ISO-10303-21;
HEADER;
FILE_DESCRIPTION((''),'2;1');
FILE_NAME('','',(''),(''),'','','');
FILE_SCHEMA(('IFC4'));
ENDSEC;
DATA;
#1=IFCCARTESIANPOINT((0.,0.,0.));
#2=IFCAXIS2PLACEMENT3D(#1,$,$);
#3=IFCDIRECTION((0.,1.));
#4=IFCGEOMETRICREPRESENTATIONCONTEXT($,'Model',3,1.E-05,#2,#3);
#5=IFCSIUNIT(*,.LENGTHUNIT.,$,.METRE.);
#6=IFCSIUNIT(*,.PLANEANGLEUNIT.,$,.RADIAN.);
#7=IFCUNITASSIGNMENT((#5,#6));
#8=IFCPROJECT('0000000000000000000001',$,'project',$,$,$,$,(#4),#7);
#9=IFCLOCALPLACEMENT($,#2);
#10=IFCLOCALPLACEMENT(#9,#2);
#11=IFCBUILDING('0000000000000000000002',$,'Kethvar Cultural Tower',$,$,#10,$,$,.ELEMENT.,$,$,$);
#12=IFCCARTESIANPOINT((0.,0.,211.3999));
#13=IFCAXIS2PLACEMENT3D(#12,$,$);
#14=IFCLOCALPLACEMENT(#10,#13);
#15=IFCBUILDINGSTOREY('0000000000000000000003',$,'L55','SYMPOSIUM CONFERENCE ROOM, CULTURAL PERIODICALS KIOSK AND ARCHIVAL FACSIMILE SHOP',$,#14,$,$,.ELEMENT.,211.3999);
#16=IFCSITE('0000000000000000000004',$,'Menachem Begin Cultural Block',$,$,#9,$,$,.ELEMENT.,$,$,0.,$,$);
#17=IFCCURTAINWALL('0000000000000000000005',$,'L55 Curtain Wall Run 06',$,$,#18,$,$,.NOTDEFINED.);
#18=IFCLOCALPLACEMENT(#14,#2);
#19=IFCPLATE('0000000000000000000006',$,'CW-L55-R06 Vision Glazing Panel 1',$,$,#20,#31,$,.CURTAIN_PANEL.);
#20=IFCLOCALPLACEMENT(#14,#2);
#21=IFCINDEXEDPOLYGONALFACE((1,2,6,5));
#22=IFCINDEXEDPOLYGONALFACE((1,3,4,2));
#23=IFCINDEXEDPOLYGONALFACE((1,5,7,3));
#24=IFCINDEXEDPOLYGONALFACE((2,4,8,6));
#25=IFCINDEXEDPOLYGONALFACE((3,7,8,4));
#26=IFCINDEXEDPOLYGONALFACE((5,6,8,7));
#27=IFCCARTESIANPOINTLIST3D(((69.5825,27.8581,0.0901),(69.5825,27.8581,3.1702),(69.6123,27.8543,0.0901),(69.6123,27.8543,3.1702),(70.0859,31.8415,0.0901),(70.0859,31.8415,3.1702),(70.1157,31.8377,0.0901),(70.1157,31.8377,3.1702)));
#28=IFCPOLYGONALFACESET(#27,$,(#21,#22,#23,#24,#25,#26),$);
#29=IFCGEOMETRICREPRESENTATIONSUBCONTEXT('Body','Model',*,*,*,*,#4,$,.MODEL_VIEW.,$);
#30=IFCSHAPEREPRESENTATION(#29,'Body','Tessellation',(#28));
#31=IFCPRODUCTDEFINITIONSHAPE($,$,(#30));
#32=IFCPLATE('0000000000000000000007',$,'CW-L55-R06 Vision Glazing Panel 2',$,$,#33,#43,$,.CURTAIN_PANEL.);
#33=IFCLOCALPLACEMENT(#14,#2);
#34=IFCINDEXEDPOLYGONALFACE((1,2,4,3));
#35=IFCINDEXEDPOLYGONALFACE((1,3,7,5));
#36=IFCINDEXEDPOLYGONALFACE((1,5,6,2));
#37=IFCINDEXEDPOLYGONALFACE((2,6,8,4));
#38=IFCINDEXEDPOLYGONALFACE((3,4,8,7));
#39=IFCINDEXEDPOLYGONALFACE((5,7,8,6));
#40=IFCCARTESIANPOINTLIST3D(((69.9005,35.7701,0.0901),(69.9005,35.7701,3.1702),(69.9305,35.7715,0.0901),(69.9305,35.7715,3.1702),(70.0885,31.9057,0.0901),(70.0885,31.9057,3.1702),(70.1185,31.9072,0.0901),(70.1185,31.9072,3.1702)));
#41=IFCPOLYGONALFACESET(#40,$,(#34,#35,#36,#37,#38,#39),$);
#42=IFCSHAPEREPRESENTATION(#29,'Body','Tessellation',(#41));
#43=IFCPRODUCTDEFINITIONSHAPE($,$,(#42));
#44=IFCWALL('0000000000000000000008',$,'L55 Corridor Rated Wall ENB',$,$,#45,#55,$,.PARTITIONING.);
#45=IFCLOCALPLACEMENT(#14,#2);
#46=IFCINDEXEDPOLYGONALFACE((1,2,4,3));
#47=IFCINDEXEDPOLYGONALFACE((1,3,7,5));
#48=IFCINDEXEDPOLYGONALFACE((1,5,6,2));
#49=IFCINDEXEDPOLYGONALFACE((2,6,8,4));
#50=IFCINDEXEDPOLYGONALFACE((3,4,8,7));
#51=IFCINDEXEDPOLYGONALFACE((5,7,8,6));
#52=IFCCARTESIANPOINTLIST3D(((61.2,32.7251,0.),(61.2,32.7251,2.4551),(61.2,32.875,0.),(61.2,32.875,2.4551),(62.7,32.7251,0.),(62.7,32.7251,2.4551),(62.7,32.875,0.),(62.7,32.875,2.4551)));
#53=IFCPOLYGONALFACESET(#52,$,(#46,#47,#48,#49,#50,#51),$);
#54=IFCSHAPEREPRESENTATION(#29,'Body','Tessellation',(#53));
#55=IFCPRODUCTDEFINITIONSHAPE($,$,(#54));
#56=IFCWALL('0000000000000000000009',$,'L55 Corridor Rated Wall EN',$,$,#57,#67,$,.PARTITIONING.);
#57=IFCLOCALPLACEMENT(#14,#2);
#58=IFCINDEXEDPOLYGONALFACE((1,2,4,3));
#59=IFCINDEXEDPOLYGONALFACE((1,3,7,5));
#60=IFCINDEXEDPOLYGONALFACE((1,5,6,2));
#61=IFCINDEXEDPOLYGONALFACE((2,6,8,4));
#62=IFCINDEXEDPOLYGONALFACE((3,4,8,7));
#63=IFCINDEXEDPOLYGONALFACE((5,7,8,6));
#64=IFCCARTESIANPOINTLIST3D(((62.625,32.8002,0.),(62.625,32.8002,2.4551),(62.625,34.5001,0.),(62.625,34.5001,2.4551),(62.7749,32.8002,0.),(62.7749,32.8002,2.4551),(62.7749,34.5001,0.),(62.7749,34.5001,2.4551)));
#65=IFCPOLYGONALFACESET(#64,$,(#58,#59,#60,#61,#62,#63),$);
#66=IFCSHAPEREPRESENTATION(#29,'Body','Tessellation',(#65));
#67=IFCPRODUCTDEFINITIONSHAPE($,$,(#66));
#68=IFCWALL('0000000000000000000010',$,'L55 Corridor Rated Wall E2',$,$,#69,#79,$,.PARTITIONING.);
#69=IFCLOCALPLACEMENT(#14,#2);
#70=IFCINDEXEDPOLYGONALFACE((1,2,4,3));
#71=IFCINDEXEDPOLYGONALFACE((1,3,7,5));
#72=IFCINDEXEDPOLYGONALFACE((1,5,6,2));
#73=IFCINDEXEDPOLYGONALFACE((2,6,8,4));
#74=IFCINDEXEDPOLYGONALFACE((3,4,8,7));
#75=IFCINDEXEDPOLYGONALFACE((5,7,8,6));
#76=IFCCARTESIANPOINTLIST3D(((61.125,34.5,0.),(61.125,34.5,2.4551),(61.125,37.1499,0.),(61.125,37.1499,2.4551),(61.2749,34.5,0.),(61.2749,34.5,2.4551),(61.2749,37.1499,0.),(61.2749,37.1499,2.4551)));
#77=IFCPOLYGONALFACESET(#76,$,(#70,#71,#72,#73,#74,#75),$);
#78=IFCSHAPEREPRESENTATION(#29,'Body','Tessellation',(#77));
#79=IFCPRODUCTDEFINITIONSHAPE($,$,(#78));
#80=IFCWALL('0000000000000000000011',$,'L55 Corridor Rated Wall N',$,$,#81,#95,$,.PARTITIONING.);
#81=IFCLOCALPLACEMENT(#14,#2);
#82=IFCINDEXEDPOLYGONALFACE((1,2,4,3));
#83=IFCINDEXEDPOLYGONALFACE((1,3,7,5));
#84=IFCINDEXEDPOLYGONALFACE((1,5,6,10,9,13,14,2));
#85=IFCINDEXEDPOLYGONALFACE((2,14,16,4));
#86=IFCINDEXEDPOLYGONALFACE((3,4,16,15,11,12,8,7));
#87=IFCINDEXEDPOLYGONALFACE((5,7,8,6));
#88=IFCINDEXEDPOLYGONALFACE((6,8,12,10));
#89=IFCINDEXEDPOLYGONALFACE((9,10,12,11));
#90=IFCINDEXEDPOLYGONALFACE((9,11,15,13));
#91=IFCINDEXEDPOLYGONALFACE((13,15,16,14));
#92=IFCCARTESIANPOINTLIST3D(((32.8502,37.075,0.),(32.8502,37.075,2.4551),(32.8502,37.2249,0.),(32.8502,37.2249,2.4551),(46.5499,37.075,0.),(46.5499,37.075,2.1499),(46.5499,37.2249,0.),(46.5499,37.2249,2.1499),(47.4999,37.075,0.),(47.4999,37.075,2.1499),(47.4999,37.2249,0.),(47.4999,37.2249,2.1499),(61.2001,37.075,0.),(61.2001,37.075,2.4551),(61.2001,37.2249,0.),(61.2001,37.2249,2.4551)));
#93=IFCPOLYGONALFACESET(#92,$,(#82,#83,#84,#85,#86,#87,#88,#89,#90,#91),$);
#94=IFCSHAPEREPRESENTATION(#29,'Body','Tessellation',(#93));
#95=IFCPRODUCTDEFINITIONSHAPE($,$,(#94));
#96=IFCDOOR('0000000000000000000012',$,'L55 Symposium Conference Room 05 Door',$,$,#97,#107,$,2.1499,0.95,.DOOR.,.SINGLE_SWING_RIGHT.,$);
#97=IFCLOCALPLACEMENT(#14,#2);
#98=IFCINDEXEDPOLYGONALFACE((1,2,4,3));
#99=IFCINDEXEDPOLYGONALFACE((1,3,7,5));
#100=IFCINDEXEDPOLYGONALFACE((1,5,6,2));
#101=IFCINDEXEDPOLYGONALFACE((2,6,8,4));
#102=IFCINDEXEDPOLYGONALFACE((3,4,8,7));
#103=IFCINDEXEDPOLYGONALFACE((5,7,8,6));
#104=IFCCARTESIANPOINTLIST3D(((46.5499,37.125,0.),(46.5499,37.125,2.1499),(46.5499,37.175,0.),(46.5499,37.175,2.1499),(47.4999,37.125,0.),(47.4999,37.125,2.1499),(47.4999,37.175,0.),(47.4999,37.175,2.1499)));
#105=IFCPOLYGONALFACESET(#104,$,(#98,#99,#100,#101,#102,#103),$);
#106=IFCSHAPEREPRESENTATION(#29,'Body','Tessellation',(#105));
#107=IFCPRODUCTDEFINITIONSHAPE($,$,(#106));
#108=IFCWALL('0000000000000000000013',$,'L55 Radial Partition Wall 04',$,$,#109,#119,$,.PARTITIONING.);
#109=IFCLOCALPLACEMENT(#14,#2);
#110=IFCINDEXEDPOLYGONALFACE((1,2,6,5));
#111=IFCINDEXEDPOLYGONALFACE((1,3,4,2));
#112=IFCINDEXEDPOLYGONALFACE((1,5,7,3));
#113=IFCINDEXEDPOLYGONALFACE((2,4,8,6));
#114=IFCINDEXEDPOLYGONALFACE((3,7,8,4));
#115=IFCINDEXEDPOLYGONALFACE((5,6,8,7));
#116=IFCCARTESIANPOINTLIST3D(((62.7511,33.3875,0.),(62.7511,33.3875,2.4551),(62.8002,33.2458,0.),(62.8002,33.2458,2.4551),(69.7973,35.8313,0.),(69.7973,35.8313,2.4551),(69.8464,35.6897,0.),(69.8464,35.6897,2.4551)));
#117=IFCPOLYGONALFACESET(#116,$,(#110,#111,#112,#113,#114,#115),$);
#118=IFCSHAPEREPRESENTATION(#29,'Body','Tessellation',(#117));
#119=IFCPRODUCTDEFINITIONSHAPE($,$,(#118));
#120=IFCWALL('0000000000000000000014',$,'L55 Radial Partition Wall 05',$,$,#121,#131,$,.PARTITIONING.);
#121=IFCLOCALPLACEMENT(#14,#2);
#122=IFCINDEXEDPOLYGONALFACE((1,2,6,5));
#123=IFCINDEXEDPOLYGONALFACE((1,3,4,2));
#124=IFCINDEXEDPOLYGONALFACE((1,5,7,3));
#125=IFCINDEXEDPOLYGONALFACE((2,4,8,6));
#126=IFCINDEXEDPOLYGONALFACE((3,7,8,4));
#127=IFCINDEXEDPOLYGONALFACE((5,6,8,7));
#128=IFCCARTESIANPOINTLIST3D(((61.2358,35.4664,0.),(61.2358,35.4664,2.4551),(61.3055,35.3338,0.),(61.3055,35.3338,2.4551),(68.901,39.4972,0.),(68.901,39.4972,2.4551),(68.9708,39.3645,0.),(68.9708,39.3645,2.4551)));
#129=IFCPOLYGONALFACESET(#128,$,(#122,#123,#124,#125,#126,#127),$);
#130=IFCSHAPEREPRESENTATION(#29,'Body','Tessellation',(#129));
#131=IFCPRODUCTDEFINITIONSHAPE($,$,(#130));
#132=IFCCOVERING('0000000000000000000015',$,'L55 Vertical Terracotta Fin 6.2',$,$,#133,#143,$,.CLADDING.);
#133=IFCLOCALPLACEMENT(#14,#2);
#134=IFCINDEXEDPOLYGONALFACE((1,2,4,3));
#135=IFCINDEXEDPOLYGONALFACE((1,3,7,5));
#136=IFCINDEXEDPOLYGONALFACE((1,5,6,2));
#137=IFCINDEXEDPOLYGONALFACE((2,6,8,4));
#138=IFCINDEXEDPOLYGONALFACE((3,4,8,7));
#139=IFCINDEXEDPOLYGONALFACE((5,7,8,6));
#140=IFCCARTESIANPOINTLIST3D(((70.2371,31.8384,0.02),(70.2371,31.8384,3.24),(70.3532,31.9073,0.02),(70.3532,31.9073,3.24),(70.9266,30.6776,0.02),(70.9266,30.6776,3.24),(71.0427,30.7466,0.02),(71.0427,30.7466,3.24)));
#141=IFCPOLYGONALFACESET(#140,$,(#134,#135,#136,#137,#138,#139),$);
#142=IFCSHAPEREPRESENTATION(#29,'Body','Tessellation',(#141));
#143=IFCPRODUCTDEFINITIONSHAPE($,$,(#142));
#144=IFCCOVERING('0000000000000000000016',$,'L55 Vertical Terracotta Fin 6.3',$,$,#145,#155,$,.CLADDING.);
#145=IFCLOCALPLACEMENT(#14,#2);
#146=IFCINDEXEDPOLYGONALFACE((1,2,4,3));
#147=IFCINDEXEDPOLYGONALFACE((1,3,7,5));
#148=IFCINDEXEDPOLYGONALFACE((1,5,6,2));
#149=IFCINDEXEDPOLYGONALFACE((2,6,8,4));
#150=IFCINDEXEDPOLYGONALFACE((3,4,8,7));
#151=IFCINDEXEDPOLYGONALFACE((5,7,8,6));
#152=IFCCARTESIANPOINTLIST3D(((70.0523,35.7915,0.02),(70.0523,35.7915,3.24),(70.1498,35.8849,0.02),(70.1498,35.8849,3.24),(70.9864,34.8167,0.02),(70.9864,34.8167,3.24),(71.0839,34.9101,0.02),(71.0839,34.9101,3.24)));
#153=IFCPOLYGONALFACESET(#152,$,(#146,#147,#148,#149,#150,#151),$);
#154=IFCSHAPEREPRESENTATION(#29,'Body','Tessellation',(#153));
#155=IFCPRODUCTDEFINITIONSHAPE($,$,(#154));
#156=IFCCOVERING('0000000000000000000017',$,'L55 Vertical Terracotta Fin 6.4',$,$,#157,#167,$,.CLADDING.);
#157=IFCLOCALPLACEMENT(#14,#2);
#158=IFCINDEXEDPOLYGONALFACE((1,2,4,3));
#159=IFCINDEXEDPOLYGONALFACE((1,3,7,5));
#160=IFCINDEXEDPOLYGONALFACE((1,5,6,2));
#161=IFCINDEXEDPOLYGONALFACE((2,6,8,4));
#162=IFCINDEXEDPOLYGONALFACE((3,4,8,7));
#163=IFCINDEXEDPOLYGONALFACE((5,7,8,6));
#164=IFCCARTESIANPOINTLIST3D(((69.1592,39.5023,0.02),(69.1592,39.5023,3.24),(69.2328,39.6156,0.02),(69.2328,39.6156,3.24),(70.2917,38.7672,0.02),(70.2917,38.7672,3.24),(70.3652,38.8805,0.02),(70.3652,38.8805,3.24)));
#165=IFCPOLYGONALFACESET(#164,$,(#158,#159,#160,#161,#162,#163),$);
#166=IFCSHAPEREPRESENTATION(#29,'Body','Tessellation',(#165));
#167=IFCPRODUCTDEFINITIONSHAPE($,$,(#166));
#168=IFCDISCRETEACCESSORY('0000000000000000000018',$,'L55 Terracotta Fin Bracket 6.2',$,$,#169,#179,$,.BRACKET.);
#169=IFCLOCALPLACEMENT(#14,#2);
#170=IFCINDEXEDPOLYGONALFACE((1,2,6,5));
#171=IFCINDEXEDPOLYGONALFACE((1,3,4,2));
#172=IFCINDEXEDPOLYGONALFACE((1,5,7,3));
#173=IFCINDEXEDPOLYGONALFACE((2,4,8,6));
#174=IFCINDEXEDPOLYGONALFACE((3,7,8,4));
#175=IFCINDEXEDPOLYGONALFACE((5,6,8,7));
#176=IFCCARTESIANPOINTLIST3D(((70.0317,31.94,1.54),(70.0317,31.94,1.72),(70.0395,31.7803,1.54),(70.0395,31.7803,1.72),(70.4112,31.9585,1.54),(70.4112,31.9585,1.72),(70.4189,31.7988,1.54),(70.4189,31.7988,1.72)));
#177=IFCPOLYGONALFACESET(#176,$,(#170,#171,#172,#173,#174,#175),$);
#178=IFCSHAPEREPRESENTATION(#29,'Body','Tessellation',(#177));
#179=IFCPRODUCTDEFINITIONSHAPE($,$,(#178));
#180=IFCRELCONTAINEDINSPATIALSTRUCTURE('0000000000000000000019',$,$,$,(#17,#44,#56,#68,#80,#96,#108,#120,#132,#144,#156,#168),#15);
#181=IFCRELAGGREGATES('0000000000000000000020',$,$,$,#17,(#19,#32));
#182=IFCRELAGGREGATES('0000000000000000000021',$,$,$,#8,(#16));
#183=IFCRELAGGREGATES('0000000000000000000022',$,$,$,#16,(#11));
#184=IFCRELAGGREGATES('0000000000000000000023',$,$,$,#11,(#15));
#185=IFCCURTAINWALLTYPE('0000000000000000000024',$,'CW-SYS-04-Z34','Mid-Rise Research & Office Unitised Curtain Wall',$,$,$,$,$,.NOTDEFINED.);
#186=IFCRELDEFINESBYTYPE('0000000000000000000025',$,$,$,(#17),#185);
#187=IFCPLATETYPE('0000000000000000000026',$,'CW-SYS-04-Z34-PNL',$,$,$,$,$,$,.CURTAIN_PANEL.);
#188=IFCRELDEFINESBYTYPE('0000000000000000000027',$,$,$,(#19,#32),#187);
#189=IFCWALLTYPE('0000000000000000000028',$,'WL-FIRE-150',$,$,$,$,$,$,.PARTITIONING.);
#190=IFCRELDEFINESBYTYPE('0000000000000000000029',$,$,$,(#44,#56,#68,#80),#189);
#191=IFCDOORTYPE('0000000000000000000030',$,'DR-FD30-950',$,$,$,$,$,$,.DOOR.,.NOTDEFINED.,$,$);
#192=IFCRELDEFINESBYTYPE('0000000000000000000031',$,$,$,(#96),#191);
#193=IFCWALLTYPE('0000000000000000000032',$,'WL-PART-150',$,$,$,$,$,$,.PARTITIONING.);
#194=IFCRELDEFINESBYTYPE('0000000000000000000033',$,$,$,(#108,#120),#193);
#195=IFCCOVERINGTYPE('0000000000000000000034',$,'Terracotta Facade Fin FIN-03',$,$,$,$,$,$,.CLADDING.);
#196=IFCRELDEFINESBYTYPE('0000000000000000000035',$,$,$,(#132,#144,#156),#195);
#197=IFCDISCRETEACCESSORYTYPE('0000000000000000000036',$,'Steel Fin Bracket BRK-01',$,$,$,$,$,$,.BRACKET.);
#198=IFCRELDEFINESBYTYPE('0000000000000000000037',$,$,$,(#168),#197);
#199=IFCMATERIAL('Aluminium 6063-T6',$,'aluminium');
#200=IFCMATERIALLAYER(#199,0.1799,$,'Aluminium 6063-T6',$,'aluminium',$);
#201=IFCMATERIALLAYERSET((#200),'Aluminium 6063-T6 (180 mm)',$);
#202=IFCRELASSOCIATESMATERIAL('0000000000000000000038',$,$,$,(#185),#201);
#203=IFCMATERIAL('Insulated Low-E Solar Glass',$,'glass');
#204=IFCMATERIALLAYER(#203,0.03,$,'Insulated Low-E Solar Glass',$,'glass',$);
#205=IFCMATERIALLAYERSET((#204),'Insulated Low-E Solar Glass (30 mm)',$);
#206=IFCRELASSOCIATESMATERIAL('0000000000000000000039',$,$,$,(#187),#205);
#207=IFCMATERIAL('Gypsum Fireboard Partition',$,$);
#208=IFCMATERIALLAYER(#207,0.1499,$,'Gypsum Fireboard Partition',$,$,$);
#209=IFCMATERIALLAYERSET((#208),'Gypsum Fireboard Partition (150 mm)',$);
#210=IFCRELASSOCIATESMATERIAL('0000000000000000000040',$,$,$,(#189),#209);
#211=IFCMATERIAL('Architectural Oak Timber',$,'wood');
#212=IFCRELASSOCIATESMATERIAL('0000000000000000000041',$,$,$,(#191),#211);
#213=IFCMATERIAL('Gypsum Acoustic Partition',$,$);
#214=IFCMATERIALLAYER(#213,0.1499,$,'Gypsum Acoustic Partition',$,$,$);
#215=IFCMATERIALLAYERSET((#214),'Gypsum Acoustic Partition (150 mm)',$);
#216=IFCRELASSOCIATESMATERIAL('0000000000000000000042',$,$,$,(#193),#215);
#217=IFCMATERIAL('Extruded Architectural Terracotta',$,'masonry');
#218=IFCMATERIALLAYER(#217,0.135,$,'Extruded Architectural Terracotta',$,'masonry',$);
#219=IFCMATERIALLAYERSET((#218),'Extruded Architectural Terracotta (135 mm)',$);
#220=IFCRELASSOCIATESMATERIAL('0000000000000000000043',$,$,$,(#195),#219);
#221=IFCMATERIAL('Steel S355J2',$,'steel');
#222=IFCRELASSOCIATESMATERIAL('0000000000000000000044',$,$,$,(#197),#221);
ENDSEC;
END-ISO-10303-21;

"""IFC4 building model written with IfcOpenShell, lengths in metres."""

from ifc_helpers import new_model, si_unit, direction, frame, frame_2d, origin, origin_2d, place, context, subcontext, project, spatial, rectangle, extrude, source, transform, mapped, material, layer, layer_set, type_object, element, fill, aggregate, save


model = new_model("IFC4")

# Units and contexts
model_context = context("Model", 3, precision=1e-05, world=origin(), true_north=direction((0.0, 1.0)))
body_context = subcontext(model_context, "Body", "Model", "MODEL_VIEW")
ifc_project = project(units=[si_unit("LENGTHUNIT", "METRE"), si_unit("PLANEANGLEUNIT", "RADIAN")], contexts=[model_context])

# Site, building, storey
site_placement = place(None, origin())
site = spatial("IfcSite", under=ifc_project, at=site_placement, Name="Menachem Begin Cultural Block", CompositionType="ELEMENT", RefElevation=0.0)
building_placement = place(site_placement, origin())
building = spatial("IfcBuilding", under=site, at=building_placement, Name="Kethvar Cultural Tower", CompositionType="ELEMENT")
storey_placement = place(building_placement, frame((0.0, 0.0, 211.3999)))
storey = spatial("IfcBuildingStorey", under=building, at=storey_placement, Name="L55", Description="SYMPOSIUM CONFERENCE ROOM, CULTURAL PERIODICALS KIOSK AND ARCHIVAL FACSIMILE SHOP", CompositionType="ELEMENT", Elevation=211.3999)

# Shared definitions
ifc_material_1 = material(Name="Steel S355J2", Category="steel")

# Curtain wall, plates
ifc_material_2 = material(Name="Aluminium 6063-T6", Category="aluminium")
ifc_layer_1 = layer(ifc_material_2, 0.1799, Name="Aluminium 6063-T6", Category="aluminium")
ifc_layer_set_1 = layer_set([ifc_layer_1], Name="Aluminium 6063-T6 (180 mm)")
curtain_wall_type = type_object("IfcCurtainWallType", Name="CW-SYS-04-Z34", Description="Mid-Rise Research & Office Unitised Curtain Wall", PredefinedType="NOTDEFINED", material=ifc_layer_set_1)
curtain_wall_placement = place(storey_placement, origin())
curtain_wall = element("IfcCurtainWall", 1, at=curtain_wall_placement, inside=storey, type_object=curtain_wall_type, Name="L55 Curtain Wall Run 06", PredefinedType="NOTDEFINED")
ifc_material_3 = material(Name="Insulated Low-E Solar Glass", Category="glass")
ifc_layer_2 = layer(ifc_material_3, 0.03, Name="Insulated Low-E Solar Glass", Category="glass")
ifc_layer_set_2 = layer_set([ifc_layer_2], Name="Insulated Low-E Solar Glass (30 mm)")
plate_type = type_object("IfcPlateType", Name="CW-SYS-04-Z34-PNL", PredefinedType="CURTAIN_PANEL", material=ifc_layer_set_2)
shared_shape_1 = source(origin(), body_context, "Body", "SweptSolid", [
    extrude(rectangle(XDim=4.0151, YDim=0.03, at=origin_2d()), origin(), (0.0, 0.0, 1.0), 3.0801),
])
plate_1_placement = place(storey_placement, frame((69.8491, 29.8479, 0.0901), z_axis=(0.0, 0.0, 1.0), x_axis=(0.125368, 0.99211, 0.0)))
plate_1 = element("IfcPlate", 2, at=plate_1_placement, type_object=plate_type, Name="CW-L55-R06 Vision Glazing Panel 1", PredefinedType="CURTAIN_PANEL", context=body_context, shape_type="MappedRepresentation", body=[
    mapped(shared_shape_1, transform((0.0, 0.0, 0.0), scale=1.0)),
])
shared_shape_2 = source(origin(), body_context, "Body", "SweptSolid", [
    extrude(rectangle(XDim=3.8689, YDim=0.03, at=origin_2d()), origin(), (0.0, 0.0, 1.0), 3.0801),
])
plate_2_placement = place(storey_placement, frame((70.0095, 33.8386, 0.0901), z_axis=(0.0, 0.0, 1.0), x_axis=(-0.048588, 0.998819, 0.0)))
plate_2 = element("IfcPlate", 3, at=plate_2_placement, type_object=plate_type, Name="CW-L55-R06 Vision Glazing Panel 2", PredefinedType="CURTAIN_PANEL", context=body_context, shape_type="MappedRepresentation", body=[
    mapped(shared_shape_2, transform((0.0, 0.0, 0.0), scale=1.0)),
])
aggregate(curtain_wall, [plate_1, plate_2])

# Walls
ifc_material_4 = material(Name="Gypsum Fireboard Partition")
ifc_layer_3 = layer(ifc_material_4, 0.1499, Name="Gypsum Fireboard Partition")
ifc_layer_set_3 = layer_set([ifc_layer_3], Name="Gypsum Fireboard Partition (150 mm)")
wall_type_1 = type_object("IfcWallType", Name="WL-FIRE-150", PredefinedType="PARTITIONING", material=ifc_layer_set_3)
wall_1_placement = place(storey_placement, frame((61.2, 32.8, 0.0), z_axis=(0.0, 0.0, 1.0), x_axis=(1.0, 0.0, 0.0)))
element("IfcWall", 4, at=wall_1_placement, inside=storey, type_object=wall_type_1, Name="L55 Corridor Rated Wall ENB", PredefinedType="PARTITIONING", context=body_context, shape_type="SweptSolid", body=[
    extrude(rectangle(XDim=1.5, YDim=0.1499, at=frame_2d((0.75, 0.0))), origin(), (0.0, 0.0, 1.0), 2.4551),
])
wall_2_placement = place(storey_placement, frame((62.7, 32.8, 0.0), z_axis=(0.0, 0.0, 1.0), x_axis=(0.0, 1.0, 0.0)))
element("IfcWall", 5, at=wall_2_placement, inside=storey, type_object=wall_type_1, Name="L55 Corridor Rated Wall EN", PredefinedType="PARTITIONING", context=body_context, shape_type="SweptSolid", body=[
    extrude(rectangle(XDim=1.7, YDim=0.1499, at=frame_2d((0.8501, 0.0))), origin(), (0.0, 0.0, 1.0), 2.4551),
])

# Wall
wall_3_placement = place(storey_placement, frame((61.2, 34.5, 0.0), z_axis=(0.0, 0.0, 1.0), x_axis=(0.0, 1.0, 0.0)))
element("IfcWall", 6, at=wall_3_placement, inside=storey, type_object=wall_type_1, Name="L55 Corridor Rated Wall E2", PredefinedType="PARTITIONING", context=body_context, shape_type="SweptSolid", body=[
    extrude(rectangle(XDim=2.6499, YDim=0.1499, at=frame_2d((1.325, 0.0))), origin(), (0.0, 0.0, 1.0), 2.4551),
])

# Wall, opening, door
wall_4_placement = place(storey_placement, frame((61.2, 37.1499, 0.0), z_axis=(0.0, 0.0, 1.0), x_axis=(-1.0, 0.0, 0.0)))
wall_4 = element("IfcWall", 7, at=wall_4_placement, inside=storey, type_object=wall_type_1, Name="L55 Corridor Rated Wall N", PredefinedType="PARTITIONING", context=body_context, shape_type="SweptSolid", body=[
    extrude(rectangle(XDim=28.3499, YDim=0.1499, at=frame_2d((14.1748, 0.0))), origin(), (0.0, 0.0, 1.0), 2.4551),
])
opening_1_placement = place(wall_4_placement, frame((13.7, 0.0, 0.0)))
opening_1 = element("IfcOpeningElement", 8, at=opening_1_placement, cuts=wall_4, PredefinedType="OPENING", context=body_context, shape_type="SweptSolid", body=[
    extrude(rectangle(XDim=0.95, YDim=2.1499, at=frame_2d((0.4751, 1.075))), frame((0.0, 0.085, 0.0), z_axis=(0.0, -1.0, 0.0), x_axis=(1.0, 0.0, 0.0)), (0.0, 0.0, 1.0), 0.1699),
])
ifc_material_5 = material(Name="Architectural Oak Timber", Category="wood")
door_type_1 = type_object("IfcDoorType", Name="DR-FD30-950", OperationType="NOTDEFINED", PredefinedType="DOOR", material=ifc_material_5)
shared_shape_3 = source(origin(), body_context, "Body", "SweptSolid", [
    extrude(rectangle(XDim=0.95, YDim=2.1499, at=frame_2d((0.4751, 1.075))), frame((0.0, 0.0249, 0.0), z_axis=(0.0, -1.0, 0.0), x_axis=(1.0, 0.0, 0.0)), (0.0, 0.0, 1.0), 0.05),
])
door_1_placement = place(opening_1_placement, origin())
door_1 = element("IfcDoor", 9, at=door_1_placement, inside=storey, type_object=door_type_1, Name="L55 Symposium Conference Room 05 Door", OperationType="SINGLE_SWING_RIGHT", OverallHeight=2.1499, OverallWidth=0.95, PredefinedType="DOOR", context=body_context, shape_type="MappedRepresentation", body=[
    mapped(shared_shape_3, transform((0.0, 0.0, 0.0), scale=1.0)),
])
fill(opening_1, door_1)

# Walls
ifc_material_6 = material(Name="Gypsum Acoustic Partition")
ifc_layer_4 = layer(ifc_material_6, 0.1499, Name="Gypsum Acoustic Partition")
ifc_layer_set_4 = layer_set([ifc_layer_4], Name="Gypsum Acoustic Partition (150 mm)")
wall_type_2 = type_object("IfcWallType", Name="WL-PART-150", PredefinedType="PARTITIONING", material=ifc_layer_set_4)
wall_5_placement = place(storey_placement, frame((62.7756, 33.3167, 0.0), z_axis=(0.0, 0.0, 1.0), x_axis=(0.944787, 0.327685, 0.0)))
element("IfcWall", 10, at=wall_5_placement, inside=storey, type_object=wall_type_2, Name="L55 Radial Partition Wall 04", PredefinedType="PARTITIONING", context=body_context, shape_type="SweptSolid", body=[
    extrude(rectangle(XDim=7.458, YDim=0.1499, at=frame_2d((3.729, 0.0))), origin(), (0.0, 0.0, 1.0), 2.4551),
])
wall_6_placement = place(storey_placement, frame((61.2708, 35.4001, 0.0), z_axis=(0.0, 0.0, 1.0), x_axis=(0.885089, 0.465421, 0.0)))
element("IfcWall", 11, at=wall_6_placement, inside=storey, type_object=wall_type_2, Name="L55 Radial Partition Wall 05", PredefinedType="PARTITIONING", context=body_context, shape_type="SweptSolid", body=[
    extrude(rectangle(XDim=8.6604, YDim=0.1499, at=frame_2d((4.3301, 0.0))), origin(), (0.0, 0.0, 1.0), 2.4551),
])

# Coverings
ifc_material_7 = material(Name="Extruded Architectural Terracotta", Category="masonry")
ifc_layer_5 = layer(ifc_material_7, 0.135, Name="Extruded Architectural Terracotta", Category="masonry")
ifc_layer_set_5 = layer_set([ifc_layer_5], Name="Extruded Architectural Terracotta (135 mm)")
covering_type = type_object("IfcCoveringType", Name="Terracotta Facade Fin FIN-03", PredefinedType="CLADDING", material=ifc_layer_set_5)
shared_shape_4 = source(origin(), body_context, "Body", "SweptSolid", [
    extrude(rectangle(XDim=1.3501, YDim=0.135, at=origin_2d()), origin(), (0.0, 0.0, 1.0), 3.22),
])
for number, where, z_axis, x_axis, name in (
    (12, (70.6399, 31.2925, 0.02), (0.0, 0.0, 1.0), (0.510693, -0.859763, 0.0), "L55 Vertical Terracotta Fin 6.2"),
    (13, (70.5681, 35.3508, 0.02), (0.0, 0.0, 1.0), (0.691891, -0.722002, 0.0), "L55 Vertical Terracotta Fin 6.3"),
    (14, (69.7622, 39.1914, 0.02), (0.0, 0.0, 1.0), (0.838766, -0.544493, 0.0), "L55 Vertical Terracotta Fin 6.4"),
):
    element("IfcCovering", number, at=place(storey_placement, frame(where, z_axis=z_axis, x_axis=x_axis)), inside=storey, type_object=covering_type, Name=name, PredefinedType="CLADDING", context=body_context, shape_type="MappedRepresentation", body=[
        mapped(shared_shape_4, transform((0.0, 0.0, 0.0), scale=1.0)),
    ])

# Discrete accessory
discrete_accessory_type = type_object("IfcDiscreteAccessoryType", Name="Steel Fin Bracket BRK-01", PredefinedType="BRACKET", material=ifc_material_1)
shared_shape_5 = source(origin(), body_context, "Body", "SweptSolid", [
    extrude(rectangle(XDim=0.3799, YDim=0.1599, at=origin_2d()), origin(), (0.0, 0.0, 1.0), 0.1799),
])
for number, where, z_axis, x_axis, name in (
    (15, (70.2253, 31.8694, 1.54), (0.0, 0.0, 1.0), (0.998815, 0.048675, 0.0), "L55 Terracotta Fin Bracket 6.2"),
):
    element("IfcDiscreteAccessory", number, at=place(storey_placement, frame(where, z_axis=z_axis, x_axis=x_axis)), inside=storey, type_object=discrete_accessory_type, Name=name, PredefinedType="BRACKET", context=body_context, shape_type="MappedRepresentation", body=[
        mapped(shared_shape_5, transform((0.0, 0.0, 0.0), scale=1.0)),
    ])

save(model, "model.ifc")
